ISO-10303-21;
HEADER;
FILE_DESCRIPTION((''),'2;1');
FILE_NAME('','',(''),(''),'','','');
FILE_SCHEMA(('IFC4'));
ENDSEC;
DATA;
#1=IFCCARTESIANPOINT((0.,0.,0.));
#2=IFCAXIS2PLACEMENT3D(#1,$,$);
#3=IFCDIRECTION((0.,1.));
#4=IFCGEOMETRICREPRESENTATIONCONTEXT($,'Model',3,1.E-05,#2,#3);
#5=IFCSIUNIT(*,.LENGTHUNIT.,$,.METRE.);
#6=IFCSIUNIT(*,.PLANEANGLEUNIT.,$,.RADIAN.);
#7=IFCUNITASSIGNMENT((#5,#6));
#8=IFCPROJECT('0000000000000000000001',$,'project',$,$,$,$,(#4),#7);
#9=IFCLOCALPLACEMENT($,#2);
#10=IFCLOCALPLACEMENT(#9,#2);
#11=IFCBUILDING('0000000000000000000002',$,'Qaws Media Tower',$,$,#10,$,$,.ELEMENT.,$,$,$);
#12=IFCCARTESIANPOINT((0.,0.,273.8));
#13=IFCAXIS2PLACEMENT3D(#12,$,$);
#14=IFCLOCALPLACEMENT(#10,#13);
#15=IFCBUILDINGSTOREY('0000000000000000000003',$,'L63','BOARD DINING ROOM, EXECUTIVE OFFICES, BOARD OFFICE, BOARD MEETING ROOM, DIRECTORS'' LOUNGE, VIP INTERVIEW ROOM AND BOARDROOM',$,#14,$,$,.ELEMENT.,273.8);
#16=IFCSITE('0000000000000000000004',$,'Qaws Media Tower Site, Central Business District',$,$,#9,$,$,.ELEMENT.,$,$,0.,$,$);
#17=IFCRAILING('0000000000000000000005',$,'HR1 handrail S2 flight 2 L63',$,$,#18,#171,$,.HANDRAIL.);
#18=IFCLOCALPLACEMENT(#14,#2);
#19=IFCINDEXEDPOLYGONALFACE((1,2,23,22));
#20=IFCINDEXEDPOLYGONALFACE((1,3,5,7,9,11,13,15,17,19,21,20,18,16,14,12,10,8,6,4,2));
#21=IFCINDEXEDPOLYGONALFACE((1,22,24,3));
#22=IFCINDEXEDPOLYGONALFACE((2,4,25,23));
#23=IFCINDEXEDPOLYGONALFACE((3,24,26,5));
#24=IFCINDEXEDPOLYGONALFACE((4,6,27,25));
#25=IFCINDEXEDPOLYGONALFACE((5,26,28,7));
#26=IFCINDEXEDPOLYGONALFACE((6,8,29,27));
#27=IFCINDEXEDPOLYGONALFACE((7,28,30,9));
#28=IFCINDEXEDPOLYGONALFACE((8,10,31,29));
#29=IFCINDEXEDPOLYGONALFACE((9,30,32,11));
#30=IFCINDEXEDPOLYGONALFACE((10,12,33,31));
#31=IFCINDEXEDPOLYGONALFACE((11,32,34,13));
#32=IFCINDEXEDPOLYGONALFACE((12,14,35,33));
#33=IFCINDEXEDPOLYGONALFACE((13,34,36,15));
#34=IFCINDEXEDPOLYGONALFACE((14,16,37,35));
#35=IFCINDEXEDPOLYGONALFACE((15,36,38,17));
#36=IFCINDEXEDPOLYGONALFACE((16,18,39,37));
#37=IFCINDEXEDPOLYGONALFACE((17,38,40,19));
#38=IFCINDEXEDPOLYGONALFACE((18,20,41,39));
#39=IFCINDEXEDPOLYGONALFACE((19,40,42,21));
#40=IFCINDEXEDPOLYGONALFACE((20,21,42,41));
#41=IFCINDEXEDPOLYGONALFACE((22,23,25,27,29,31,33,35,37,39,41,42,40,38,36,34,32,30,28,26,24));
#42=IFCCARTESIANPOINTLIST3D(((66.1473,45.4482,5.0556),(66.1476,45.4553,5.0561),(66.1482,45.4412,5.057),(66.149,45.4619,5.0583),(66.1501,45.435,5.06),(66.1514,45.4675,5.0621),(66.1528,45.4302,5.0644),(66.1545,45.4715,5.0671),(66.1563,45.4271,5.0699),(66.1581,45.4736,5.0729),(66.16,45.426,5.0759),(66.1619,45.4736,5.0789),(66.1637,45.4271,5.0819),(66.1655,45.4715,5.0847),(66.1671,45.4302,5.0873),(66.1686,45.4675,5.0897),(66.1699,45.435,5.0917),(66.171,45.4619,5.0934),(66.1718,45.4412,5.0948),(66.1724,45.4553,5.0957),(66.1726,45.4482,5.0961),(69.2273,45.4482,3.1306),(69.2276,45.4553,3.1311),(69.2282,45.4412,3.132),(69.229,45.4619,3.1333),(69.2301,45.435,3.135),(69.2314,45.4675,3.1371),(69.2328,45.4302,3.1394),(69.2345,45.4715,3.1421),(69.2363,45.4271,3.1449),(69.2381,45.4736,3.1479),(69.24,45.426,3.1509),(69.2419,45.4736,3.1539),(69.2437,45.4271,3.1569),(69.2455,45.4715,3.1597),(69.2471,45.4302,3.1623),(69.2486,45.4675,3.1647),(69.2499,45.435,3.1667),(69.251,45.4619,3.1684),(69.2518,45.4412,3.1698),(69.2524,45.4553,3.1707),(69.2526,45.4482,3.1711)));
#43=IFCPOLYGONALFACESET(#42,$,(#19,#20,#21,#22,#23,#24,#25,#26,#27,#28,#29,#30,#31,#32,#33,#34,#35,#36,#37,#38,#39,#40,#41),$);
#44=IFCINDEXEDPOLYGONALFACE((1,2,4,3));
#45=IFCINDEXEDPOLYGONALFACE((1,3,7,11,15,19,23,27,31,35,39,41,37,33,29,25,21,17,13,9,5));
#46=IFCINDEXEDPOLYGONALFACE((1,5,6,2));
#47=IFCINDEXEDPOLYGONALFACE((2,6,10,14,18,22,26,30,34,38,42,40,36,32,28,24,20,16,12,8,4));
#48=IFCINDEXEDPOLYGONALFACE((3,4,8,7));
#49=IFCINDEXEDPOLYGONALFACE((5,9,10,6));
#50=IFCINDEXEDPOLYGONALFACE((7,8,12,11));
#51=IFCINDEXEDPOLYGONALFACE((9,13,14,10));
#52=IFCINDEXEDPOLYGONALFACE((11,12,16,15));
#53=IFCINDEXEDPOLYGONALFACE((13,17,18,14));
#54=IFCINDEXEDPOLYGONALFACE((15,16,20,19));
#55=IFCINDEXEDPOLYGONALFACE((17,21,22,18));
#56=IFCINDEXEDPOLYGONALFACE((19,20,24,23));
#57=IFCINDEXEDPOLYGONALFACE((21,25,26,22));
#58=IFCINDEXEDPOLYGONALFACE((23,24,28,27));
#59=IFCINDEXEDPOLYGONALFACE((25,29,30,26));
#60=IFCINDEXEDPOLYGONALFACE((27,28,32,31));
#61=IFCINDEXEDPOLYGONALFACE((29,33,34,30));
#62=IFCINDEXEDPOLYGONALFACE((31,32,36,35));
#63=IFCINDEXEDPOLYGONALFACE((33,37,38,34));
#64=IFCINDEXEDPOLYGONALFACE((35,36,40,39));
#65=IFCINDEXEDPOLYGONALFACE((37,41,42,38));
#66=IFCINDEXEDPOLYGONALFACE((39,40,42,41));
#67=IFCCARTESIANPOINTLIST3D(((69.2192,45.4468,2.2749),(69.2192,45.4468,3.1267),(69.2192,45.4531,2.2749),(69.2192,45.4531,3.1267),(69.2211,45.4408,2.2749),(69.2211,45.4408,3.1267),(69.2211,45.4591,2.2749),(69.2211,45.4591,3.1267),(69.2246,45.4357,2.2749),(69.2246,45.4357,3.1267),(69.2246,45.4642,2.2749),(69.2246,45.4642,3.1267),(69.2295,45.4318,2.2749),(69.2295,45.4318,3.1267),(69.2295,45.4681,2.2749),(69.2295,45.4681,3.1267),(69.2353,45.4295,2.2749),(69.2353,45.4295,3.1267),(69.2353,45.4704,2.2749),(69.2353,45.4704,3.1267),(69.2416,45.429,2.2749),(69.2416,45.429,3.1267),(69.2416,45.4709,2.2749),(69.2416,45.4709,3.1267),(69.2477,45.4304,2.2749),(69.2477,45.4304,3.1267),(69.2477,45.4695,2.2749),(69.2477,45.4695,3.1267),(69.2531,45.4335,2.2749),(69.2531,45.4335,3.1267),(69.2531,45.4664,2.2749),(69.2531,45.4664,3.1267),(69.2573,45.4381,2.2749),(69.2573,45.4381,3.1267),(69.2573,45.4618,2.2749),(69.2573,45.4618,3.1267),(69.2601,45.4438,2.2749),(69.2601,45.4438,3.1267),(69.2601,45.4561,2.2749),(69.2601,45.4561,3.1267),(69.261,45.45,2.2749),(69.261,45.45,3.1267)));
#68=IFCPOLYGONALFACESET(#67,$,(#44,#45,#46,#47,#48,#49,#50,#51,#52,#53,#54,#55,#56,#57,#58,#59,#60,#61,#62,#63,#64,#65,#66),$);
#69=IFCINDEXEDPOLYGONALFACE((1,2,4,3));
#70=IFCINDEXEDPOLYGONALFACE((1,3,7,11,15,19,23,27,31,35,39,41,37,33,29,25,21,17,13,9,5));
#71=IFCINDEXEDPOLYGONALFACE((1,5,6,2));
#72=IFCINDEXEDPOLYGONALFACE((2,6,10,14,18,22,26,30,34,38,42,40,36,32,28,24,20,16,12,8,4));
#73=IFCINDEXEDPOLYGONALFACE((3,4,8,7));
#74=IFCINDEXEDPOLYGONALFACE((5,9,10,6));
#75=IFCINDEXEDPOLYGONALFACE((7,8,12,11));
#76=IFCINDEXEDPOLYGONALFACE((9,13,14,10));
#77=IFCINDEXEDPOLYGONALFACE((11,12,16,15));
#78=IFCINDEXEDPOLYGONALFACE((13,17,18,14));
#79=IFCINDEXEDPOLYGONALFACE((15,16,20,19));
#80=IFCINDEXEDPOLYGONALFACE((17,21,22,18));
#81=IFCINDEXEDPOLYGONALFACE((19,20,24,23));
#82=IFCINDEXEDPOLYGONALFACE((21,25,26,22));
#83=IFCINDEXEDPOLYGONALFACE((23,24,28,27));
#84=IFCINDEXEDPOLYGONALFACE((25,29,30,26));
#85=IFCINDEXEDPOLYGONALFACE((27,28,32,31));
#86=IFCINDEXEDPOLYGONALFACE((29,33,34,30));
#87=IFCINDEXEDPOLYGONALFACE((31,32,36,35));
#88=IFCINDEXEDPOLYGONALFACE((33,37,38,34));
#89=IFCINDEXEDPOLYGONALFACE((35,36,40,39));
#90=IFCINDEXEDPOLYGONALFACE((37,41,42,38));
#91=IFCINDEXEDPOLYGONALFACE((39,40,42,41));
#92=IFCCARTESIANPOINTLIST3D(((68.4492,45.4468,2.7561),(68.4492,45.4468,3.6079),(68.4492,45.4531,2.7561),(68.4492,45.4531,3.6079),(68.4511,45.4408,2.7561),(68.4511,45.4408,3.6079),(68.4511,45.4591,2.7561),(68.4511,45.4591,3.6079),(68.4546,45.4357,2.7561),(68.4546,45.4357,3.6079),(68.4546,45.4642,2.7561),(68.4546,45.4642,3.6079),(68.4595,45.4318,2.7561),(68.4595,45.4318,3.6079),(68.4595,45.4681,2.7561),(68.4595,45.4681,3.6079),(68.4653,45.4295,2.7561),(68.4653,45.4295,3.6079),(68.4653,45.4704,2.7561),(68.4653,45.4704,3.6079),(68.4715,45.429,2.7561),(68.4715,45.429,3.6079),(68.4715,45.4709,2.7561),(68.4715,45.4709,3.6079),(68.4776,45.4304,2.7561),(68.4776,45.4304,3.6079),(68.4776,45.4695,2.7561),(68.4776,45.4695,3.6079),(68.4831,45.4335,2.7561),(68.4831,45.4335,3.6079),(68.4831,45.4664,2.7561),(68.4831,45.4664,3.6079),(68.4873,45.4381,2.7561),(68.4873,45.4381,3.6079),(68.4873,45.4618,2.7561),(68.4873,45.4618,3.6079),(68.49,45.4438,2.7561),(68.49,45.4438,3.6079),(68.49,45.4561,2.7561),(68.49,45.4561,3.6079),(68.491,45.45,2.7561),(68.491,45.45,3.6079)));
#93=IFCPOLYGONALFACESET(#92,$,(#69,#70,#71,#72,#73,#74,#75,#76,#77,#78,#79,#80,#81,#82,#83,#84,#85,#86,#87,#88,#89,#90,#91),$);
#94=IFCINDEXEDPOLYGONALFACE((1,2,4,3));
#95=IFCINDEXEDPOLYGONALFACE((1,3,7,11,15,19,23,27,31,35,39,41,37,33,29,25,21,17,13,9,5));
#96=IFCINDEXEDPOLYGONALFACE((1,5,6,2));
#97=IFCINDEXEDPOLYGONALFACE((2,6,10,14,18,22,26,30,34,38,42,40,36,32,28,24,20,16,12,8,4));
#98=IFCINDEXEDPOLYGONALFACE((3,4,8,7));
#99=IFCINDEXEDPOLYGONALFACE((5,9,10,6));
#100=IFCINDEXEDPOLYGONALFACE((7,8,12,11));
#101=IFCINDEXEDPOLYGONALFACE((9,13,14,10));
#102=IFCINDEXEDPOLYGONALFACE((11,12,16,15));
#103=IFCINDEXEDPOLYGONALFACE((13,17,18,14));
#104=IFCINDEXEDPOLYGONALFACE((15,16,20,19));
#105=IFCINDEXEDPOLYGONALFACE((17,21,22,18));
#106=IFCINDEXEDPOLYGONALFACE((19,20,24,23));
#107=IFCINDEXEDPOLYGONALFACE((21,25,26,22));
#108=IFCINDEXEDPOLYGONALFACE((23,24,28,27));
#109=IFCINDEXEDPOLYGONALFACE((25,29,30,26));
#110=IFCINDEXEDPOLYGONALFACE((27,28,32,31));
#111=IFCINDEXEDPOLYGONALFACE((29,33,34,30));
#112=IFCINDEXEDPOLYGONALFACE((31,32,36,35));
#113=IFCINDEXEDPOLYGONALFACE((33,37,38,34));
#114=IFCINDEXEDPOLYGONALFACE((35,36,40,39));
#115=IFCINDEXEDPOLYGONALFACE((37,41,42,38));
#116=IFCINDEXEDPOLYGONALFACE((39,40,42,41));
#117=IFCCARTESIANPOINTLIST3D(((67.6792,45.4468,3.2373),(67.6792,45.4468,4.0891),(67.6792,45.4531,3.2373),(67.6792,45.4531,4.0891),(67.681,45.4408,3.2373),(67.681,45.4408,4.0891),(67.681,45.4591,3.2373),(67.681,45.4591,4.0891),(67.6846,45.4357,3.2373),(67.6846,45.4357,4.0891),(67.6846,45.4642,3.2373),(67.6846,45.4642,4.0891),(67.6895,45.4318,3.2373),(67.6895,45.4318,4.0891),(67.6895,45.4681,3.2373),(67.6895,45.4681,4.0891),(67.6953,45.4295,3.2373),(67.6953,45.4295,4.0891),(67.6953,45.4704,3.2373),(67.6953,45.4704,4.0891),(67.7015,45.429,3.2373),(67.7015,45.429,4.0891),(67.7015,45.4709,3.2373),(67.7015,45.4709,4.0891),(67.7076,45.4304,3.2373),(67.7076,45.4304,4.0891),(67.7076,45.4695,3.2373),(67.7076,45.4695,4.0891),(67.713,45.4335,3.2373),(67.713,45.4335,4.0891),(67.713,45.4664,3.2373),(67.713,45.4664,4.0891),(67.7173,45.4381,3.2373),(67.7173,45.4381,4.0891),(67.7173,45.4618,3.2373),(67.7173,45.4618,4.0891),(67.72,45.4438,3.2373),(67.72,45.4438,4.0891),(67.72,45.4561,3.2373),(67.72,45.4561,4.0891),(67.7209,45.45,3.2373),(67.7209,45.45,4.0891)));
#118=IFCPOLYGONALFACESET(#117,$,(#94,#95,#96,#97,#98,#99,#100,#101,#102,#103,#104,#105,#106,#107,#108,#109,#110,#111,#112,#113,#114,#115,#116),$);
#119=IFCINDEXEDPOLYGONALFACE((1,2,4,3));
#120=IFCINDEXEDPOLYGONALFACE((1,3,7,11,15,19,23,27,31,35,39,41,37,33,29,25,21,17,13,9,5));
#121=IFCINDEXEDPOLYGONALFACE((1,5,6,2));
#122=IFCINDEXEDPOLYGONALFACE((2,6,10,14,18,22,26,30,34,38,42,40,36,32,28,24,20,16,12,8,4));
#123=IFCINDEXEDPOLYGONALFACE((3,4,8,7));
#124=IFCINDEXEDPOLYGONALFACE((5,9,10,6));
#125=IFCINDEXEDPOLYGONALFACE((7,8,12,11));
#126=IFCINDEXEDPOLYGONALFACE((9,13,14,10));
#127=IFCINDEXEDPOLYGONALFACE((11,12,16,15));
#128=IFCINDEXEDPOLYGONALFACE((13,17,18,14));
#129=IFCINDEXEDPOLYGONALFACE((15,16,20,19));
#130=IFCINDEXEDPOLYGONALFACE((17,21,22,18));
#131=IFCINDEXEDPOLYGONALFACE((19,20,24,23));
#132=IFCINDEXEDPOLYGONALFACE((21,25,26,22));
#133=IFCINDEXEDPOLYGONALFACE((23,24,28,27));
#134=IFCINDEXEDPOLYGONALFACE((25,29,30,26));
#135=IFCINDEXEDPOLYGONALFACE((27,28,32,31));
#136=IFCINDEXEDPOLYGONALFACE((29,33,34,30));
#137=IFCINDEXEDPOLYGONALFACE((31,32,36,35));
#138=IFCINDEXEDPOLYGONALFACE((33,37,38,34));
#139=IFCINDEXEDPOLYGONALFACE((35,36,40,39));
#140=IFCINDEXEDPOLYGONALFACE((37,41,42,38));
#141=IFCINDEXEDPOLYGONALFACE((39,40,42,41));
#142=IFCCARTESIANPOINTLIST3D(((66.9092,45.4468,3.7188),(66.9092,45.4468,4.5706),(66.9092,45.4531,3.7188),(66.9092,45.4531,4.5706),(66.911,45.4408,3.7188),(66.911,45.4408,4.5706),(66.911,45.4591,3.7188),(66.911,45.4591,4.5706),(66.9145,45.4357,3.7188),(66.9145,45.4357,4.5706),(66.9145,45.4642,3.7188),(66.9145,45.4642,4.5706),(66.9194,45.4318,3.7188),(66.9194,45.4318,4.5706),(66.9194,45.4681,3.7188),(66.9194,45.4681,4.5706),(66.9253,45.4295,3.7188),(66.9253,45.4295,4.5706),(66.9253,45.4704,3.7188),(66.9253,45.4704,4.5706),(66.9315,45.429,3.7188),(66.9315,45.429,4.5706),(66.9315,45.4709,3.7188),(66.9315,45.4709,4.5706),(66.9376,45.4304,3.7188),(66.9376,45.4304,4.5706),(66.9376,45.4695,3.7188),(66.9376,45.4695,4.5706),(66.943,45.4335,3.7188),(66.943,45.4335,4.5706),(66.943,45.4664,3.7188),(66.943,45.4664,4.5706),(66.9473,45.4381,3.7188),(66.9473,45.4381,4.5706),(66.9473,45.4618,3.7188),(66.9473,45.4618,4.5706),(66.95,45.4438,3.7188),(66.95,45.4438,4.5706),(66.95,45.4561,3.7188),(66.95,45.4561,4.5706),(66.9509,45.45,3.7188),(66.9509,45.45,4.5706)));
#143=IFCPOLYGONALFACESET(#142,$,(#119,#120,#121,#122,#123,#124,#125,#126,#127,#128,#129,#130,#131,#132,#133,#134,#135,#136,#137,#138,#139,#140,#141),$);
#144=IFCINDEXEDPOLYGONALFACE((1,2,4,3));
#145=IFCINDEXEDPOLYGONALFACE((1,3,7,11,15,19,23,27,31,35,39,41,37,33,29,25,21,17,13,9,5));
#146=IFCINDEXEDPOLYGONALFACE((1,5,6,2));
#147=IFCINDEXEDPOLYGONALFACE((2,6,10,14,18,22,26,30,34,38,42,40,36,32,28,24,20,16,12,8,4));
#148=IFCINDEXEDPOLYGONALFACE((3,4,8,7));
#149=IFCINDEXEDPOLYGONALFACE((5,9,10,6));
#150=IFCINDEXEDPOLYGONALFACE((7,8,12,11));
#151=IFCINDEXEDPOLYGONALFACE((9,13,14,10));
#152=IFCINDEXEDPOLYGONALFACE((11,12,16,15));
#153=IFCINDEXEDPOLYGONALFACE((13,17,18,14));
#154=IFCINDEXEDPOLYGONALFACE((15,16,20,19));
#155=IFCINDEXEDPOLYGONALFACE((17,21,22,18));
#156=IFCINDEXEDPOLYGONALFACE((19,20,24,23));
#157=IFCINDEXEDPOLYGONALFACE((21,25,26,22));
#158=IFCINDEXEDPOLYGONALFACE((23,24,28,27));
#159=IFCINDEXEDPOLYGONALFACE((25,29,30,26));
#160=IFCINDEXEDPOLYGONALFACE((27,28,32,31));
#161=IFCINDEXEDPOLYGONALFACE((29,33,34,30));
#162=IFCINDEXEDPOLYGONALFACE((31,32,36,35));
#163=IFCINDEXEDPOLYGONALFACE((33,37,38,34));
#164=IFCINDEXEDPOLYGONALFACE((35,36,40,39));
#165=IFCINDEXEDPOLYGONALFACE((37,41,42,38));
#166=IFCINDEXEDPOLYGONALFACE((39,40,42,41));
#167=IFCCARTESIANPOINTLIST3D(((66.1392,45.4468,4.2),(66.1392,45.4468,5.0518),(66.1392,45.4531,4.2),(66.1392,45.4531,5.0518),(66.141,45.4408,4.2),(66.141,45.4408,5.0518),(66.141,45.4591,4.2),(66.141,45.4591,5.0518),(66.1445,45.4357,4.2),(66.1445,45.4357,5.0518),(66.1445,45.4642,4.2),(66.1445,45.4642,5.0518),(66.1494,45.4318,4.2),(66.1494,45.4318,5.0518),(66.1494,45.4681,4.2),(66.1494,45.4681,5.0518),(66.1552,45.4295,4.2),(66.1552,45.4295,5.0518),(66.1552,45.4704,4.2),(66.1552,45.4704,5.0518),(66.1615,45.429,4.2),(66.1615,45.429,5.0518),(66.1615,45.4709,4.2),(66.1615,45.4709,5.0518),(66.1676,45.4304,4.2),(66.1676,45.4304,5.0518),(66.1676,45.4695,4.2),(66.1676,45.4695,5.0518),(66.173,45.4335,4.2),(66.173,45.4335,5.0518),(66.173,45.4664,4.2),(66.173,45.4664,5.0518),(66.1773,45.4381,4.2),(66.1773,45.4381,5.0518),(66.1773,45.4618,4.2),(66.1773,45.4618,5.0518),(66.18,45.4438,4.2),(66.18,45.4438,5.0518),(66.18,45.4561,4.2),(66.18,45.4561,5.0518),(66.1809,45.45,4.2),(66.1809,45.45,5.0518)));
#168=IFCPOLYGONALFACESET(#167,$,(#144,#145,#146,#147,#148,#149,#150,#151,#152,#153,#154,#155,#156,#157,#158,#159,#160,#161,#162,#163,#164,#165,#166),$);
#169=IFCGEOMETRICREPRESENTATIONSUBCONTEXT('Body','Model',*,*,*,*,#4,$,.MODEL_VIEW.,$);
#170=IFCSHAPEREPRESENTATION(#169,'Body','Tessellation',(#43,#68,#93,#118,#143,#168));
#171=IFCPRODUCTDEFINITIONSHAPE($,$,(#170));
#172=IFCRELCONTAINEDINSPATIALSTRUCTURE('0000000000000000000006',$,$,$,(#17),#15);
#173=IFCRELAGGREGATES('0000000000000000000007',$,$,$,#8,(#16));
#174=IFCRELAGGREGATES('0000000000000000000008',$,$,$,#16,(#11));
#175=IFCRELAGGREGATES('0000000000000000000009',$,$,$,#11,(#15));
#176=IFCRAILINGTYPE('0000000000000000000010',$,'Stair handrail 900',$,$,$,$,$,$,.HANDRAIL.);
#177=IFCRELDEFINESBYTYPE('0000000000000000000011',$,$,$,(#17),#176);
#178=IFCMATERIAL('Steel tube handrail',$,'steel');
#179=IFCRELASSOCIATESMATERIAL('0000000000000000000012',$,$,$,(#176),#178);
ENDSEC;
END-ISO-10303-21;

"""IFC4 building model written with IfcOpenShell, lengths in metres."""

from ifc_helpers import new_model, si_unit, direction, frame, origin, origin_2d, place, context, subcontext, project, spatial, circle, extrude, material, type_object, element, save


model = new_model("IFC4")

# Units and contexts
model_context = context("Model", 3, precision=1e-05, world=origin(), true_north=direction((0.0, 1.0)))
body_context = subcontext(model_context, "Body", "Model", "MODEL_VIEW")
ifc_project = project(units=[si_unit("LENGTHUNIT", "METRE"), si_unit("PLANEANGLEUNIT", "RADIAN")], contexts=[model_context])

# Site, building, storey
site_placement = place(None, origin())
site = spatial("IfcSite", under=ifc_project, at=site_placement, Name="Qaws Media Tower Site, Central Business District", CompositionType="ELEMENT", RefElevation=0.0)
building_placement = place(site_placement, origin())
building = spatial("IfcBuilding", under=site, at=building_placement, Name="Qaws Media Tower", CompositionType="ELEMENT")
storey_placement = place(building_placement, frame((0.0, 0.0, 273.8)))
storey = spatial("IfcBuildingStorey", under=building, at=storey_placement, Name="L63", Description="BOARD DINING ROOM, EXECUTIVE OFFICES, BOARD OFFICE, BOARD MEETING ROOM, DIRECTORS' LOUNGE, VIP INTERVIEW ROOM AND BOARDROOM", CompositionType="ELEMENT", Elevation=273.8)

# Railing
ifc_material_1 = material(Name="Steel tube handrail", Category="steel")
railing_type = type_object("IfcRailingType", Name="Stair handrail 900", PredefinedType="HANDRAIL", material=ifc_material_1)
for number, where, name in (
    (1, (69.24, 45.45, 2.2749), "HR1 handrail S2 flight 2 L63"),
):
    element("IfcRailing", number, at=place(storey_placement, frame(where)), inside=storey, type_object=railing_type, Name=name, PredefinedType="HANDRAIL", context=body_context, shape_type="SweptSolid", body=[
        extrude(circle(Radius=0.0239, at=origin_2d()), frame((0.0, 0.0, 0.876), z_axis=(-0.847998, 0.0, 0.529999), x_axis=(0.0, -1.0, 0.0)), (0.0, 0.0, 1.0), 3.6321),
        extrude(circle(Radius=0.021, at=origin_2d()), origin(), (0.0, 0.0, 1.0), 0.8518),
        extrude(circle(Radius=0.021, at=origin_2d()), frame((-0.77, 0.0, 0.4812)), (0.0, 0.0, 1.0), 0.8518),
        extrude(circle(Radius=0.021, at=origin_2d()), frame((-1.54, 0.0, 0.9624)), (0.0, 0.0, 1.0), 0.8518),
        extrude(circle(Radius=0.021, at=origin_2d()), frame((-2.3101, 0.0, 1.4438)), (0.0, 0.0, 1.0), 0.8518),
        extrude(circle(Radius=0.021, at=origin_2d()), frame((-3.0801, 0.0, 1.925)), (0.0, 0.0, 1.0), 0.8518),
    ])

save(model, "model.ifc")
